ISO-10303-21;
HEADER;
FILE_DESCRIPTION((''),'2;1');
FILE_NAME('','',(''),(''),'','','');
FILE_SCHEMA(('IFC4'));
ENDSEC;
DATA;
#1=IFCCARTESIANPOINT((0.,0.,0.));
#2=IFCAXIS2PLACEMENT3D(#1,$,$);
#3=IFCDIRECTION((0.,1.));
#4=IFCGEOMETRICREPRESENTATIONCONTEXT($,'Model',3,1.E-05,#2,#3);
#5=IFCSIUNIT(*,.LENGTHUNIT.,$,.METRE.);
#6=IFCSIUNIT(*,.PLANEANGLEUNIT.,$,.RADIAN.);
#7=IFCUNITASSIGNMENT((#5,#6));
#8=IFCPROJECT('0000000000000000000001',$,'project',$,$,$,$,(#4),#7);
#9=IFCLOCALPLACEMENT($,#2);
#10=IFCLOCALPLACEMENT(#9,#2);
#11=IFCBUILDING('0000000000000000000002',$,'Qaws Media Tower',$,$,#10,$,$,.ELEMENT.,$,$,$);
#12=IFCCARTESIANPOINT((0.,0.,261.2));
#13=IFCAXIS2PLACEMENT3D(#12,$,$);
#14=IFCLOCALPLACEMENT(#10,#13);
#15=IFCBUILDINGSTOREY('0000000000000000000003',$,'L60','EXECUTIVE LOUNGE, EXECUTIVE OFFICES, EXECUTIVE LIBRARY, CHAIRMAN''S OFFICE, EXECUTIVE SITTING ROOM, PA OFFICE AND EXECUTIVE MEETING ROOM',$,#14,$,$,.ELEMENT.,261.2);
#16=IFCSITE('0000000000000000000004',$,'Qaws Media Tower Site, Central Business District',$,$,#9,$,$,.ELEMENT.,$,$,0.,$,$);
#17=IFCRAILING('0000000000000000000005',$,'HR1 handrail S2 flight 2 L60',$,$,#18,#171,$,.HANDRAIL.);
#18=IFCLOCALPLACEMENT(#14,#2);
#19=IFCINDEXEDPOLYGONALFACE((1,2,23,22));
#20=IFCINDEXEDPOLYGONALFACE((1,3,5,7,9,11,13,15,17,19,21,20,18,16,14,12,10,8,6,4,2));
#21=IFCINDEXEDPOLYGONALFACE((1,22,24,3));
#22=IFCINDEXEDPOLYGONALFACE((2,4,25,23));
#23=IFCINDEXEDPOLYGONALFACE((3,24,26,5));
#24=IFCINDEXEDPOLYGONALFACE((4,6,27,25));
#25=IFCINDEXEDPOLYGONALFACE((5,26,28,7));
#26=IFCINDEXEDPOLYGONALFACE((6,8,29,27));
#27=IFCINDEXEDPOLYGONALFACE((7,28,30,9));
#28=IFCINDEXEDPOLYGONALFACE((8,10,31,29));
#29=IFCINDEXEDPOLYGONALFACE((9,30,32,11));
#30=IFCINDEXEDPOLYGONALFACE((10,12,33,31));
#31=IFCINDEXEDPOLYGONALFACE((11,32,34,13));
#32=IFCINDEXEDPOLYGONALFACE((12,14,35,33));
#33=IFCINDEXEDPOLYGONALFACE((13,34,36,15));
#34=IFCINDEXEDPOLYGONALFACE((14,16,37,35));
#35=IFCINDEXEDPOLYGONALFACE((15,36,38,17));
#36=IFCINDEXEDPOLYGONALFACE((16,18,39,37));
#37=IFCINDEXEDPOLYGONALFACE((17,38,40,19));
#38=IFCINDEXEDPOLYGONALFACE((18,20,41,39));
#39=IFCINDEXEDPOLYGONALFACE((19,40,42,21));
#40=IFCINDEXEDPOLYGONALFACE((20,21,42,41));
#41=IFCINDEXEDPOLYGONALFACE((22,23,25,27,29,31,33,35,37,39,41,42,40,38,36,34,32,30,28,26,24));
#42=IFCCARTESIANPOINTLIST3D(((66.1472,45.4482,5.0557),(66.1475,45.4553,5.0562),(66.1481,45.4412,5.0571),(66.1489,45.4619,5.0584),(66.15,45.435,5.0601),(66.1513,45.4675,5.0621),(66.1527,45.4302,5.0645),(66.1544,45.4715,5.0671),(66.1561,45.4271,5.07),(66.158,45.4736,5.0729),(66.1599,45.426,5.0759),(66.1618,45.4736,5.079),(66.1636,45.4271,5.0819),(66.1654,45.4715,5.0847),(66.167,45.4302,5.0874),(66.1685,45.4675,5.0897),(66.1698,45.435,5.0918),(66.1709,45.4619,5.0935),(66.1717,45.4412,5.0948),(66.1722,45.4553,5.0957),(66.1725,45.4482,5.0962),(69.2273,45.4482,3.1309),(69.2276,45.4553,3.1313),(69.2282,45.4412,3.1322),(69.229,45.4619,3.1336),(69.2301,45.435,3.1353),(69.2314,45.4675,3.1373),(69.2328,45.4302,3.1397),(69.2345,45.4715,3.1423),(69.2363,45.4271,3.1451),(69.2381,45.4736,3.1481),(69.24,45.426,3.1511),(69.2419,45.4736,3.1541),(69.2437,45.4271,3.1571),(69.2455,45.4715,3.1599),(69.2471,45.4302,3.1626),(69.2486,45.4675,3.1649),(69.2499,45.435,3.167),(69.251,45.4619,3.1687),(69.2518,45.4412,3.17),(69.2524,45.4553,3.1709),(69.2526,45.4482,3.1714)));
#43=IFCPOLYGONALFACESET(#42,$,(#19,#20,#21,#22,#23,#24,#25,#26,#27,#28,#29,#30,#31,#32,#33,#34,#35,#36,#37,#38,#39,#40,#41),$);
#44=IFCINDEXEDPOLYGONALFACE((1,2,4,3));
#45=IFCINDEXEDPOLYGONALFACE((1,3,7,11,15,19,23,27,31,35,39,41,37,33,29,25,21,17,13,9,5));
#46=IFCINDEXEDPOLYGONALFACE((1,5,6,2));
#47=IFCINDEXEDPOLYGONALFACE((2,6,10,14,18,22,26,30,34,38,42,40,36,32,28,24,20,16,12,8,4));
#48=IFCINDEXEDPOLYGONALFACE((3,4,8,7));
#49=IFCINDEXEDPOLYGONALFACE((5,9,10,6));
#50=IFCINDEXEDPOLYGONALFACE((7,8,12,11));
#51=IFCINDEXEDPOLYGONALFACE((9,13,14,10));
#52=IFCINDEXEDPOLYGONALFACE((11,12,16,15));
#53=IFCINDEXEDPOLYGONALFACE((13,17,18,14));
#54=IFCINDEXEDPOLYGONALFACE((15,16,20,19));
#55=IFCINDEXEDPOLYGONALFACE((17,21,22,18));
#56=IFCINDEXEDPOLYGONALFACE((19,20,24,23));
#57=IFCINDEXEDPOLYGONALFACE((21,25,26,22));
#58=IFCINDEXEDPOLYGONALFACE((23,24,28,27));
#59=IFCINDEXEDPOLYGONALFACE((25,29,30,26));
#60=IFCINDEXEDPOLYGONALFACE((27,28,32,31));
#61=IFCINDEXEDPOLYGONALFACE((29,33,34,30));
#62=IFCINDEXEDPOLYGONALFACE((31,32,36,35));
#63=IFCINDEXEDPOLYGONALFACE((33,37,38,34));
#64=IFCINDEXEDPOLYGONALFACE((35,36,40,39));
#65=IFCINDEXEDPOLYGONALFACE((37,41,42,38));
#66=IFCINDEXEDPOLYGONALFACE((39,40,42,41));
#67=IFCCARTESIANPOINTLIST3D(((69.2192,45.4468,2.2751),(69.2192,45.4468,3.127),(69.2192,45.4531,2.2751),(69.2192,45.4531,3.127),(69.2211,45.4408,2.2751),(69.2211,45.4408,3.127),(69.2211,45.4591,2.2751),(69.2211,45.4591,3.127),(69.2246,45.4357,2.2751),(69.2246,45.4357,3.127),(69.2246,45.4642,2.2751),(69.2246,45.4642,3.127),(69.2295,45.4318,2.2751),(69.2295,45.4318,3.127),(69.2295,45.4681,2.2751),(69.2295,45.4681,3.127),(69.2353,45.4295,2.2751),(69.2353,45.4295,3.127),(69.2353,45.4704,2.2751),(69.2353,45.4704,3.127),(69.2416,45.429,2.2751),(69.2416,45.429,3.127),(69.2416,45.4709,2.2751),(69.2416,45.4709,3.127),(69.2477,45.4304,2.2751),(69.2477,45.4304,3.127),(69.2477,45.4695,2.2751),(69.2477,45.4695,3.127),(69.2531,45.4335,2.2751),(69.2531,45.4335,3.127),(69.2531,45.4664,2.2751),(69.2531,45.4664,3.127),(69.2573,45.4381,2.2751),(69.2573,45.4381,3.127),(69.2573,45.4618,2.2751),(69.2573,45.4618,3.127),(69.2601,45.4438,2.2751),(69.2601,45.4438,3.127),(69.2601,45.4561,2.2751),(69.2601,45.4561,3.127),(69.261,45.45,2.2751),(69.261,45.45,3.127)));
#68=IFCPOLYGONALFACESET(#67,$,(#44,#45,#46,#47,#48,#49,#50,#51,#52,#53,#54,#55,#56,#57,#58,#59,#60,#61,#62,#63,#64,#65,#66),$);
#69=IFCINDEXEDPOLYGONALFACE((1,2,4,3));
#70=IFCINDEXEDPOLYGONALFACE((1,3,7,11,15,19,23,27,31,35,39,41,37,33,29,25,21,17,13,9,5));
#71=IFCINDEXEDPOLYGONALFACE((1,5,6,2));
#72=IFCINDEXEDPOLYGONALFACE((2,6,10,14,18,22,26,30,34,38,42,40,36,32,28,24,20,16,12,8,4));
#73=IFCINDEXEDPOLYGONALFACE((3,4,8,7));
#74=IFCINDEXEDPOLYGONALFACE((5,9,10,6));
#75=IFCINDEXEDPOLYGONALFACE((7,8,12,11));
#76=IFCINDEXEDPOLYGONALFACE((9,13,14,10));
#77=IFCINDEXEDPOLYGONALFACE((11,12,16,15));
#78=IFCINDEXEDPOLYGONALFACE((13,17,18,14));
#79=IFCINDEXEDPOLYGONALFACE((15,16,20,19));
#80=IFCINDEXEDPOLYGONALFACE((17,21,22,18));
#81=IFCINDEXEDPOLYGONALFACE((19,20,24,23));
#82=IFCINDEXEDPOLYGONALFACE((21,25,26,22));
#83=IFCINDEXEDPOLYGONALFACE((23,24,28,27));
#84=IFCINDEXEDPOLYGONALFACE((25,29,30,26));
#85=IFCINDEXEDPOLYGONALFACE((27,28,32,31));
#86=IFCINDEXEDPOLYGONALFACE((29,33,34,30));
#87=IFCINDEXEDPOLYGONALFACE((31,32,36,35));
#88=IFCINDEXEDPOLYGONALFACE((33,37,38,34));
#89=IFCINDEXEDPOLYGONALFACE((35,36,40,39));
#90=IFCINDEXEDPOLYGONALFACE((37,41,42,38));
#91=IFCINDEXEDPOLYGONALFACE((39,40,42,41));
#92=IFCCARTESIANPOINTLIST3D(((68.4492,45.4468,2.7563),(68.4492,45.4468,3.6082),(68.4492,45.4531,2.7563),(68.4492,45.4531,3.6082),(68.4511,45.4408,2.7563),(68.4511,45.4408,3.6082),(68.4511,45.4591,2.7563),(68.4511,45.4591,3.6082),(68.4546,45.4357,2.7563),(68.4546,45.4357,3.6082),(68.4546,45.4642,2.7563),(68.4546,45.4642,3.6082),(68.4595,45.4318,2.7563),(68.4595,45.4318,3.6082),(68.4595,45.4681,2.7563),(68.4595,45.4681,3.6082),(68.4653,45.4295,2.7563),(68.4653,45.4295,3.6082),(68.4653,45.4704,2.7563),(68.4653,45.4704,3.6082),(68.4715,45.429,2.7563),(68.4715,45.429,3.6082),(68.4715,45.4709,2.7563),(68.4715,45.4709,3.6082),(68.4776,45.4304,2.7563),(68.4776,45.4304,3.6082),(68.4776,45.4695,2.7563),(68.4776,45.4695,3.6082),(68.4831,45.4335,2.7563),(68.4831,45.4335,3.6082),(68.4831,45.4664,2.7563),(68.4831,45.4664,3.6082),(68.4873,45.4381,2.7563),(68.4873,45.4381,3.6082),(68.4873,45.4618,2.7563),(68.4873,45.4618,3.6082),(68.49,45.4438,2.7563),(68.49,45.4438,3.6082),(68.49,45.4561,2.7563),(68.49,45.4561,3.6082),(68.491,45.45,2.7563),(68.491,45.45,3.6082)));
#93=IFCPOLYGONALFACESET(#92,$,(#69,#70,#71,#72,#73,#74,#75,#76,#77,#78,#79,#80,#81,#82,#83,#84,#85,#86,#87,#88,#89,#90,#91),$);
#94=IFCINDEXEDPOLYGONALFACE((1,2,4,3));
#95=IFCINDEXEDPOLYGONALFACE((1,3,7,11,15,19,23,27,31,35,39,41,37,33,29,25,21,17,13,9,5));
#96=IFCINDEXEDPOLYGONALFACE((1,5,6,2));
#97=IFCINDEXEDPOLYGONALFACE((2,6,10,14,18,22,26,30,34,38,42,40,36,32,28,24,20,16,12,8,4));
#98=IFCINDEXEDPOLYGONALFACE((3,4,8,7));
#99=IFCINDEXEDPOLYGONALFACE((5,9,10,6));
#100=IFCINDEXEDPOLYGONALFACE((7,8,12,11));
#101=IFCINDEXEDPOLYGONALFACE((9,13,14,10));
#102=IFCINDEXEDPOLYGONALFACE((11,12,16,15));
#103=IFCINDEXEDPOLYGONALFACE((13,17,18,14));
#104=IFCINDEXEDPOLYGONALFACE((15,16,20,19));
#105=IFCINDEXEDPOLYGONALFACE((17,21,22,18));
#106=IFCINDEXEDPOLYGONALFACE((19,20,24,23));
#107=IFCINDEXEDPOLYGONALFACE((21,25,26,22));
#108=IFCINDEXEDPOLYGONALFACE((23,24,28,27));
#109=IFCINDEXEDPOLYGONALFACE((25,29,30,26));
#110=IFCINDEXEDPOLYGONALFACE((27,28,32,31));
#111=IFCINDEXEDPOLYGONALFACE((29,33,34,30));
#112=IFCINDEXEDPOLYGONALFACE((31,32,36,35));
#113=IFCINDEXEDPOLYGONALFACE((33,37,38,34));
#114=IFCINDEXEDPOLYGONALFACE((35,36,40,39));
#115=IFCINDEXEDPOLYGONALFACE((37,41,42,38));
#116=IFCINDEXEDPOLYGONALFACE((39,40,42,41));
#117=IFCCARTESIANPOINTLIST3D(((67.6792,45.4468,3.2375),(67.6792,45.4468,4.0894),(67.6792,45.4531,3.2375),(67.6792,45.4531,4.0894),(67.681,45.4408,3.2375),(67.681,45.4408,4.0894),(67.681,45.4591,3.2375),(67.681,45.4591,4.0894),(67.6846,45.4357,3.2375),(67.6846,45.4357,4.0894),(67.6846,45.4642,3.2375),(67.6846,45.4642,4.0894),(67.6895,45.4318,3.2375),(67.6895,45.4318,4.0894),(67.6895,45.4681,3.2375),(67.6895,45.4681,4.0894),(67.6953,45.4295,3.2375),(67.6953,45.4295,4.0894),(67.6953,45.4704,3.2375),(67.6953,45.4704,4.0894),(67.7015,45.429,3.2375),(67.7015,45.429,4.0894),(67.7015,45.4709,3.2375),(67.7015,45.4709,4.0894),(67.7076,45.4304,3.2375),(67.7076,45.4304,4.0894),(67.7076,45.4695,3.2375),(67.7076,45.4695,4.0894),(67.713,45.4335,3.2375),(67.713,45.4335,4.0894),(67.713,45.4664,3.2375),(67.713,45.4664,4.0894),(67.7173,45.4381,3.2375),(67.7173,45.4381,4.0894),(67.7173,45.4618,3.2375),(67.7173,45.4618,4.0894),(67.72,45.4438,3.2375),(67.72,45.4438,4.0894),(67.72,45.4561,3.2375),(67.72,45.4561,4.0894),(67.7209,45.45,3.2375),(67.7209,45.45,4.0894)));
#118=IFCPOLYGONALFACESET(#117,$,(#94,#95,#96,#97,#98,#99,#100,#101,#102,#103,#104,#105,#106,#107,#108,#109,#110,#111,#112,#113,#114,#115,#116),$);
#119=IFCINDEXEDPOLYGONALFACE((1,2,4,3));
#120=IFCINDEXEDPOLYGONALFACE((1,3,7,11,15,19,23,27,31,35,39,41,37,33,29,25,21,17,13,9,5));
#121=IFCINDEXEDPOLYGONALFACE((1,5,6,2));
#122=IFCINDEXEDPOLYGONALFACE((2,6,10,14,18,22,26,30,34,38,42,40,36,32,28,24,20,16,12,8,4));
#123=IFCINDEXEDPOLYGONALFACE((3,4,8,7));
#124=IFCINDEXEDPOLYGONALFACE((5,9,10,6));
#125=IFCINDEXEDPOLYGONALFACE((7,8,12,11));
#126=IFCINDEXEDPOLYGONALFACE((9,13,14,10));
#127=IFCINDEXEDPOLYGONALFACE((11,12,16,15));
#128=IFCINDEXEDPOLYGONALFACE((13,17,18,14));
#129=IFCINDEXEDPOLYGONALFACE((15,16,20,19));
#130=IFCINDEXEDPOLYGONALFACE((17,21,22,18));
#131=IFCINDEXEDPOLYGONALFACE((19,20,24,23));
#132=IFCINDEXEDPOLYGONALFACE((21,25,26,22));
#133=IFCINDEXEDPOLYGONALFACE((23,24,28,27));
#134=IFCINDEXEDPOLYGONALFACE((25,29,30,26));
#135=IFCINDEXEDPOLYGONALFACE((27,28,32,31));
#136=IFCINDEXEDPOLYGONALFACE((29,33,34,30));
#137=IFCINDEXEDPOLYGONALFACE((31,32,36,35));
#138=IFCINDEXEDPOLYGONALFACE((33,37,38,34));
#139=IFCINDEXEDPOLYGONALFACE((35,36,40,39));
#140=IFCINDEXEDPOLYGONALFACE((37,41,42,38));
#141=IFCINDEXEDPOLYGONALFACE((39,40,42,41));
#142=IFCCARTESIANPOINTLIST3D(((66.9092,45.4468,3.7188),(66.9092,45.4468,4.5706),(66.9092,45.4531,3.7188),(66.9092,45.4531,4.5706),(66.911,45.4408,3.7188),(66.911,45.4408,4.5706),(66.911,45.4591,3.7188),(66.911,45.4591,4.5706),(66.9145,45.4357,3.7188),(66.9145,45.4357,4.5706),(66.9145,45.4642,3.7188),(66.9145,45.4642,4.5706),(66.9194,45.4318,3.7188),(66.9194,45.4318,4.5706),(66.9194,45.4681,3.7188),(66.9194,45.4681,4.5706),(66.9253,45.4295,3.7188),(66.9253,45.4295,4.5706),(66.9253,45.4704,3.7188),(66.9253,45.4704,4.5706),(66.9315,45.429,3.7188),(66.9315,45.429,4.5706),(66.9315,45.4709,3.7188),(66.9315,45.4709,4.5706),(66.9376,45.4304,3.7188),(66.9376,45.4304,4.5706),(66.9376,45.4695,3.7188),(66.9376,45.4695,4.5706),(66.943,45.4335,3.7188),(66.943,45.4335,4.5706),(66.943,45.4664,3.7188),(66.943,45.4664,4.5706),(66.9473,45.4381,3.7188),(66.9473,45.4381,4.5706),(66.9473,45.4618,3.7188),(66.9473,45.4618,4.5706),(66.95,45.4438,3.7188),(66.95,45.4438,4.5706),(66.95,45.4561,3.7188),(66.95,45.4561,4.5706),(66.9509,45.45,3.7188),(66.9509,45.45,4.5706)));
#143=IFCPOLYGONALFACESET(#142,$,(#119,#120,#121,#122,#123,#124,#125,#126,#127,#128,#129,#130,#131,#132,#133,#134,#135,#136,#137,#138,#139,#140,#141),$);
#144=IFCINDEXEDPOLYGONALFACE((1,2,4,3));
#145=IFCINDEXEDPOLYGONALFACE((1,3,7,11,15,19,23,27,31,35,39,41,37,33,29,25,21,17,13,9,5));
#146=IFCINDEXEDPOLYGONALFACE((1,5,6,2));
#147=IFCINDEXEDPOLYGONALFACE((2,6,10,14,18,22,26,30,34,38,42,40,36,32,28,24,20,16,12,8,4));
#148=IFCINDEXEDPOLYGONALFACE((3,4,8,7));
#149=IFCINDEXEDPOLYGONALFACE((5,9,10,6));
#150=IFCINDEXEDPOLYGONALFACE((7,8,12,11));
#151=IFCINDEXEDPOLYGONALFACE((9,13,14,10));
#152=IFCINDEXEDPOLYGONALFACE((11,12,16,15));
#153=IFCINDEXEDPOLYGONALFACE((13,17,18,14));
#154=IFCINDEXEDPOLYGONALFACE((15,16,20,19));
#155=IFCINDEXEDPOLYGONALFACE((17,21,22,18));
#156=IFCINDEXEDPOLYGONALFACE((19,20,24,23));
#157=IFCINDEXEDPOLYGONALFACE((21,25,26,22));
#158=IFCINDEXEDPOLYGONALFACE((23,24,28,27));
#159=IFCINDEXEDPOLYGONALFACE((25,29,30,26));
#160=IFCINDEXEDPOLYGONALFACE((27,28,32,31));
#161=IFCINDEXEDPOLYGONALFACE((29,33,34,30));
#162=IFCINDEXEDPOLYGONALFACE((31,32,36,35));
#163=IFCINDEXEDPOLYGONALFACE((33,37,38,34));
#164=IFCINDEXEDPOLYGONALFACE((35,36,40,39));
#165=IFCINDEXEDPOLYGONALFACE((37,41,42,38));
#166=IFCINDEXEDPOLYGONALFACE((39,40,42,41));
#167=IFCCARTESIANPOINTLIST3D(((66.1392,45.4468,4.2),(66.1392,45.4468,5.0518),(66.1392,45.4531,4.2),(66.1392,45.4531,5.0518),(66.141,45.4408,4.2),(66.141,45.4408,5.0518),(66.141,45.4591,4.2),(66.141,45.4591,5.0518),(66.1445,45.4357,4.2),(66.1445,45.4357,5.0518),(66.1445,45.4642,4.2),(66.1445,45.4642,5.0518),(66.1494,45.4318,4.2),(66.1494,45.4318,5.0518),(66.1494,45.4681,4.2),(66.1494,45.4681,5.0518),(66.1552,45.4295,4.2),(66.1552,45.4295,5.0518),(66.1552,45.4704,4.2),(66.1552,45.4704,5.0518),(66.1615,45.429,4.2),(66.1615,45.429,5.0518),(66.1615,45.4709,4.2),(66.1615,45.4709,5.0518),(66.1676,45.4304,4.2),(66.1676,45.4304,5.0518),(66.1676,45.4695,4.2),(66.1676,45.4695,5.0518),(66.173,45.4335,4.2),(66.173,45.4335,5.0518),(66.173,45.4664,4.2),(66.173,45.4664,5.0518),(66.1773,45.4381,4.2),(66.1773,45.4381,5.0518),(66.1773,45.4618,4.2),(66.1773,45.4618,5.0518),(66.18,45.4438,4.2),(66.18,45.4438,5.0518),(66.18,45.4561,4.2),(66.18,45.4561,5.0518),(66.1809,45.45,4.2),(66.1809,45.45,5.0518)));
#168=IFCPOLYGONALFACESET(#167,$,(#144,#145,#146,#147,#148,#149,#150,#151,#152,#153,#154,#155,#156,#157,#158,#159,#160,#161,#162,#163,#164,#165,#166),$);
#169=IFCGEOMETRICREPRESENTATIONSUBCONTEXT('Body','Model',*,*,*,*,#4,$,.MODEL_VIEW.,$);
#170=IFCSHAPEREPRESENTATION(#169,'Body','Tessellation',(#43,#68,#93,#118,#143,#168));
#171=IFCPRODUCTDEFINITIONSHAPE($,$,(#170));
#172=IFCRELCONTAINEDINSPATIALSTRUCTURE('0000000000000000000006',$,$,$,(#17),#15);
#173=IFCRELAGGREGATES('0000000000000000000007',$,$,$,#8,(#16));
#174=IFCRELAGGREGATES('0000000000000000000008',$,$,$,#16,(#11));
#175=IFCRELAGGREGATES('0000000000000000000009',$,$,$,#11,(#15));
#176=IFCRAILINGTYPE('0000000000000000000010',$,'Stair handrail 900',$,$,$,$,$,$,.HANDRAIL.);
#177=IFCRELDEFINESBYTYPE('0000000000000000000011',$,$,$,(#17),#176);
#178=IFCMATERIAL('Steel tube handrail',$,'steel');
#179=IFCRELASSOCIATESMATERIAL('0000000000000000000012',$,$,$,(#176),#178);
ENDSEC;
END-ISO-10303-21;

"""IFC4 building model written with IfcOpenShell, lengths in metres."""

from ifc_helpers import new_model, si_unit, direction, frame, origin, origin_2d, place, context, subcontext, project, spatial, circle, extrude, material, type_object, element, save


model = new_model("IFC4")

# Units and contexts
model_context = context("Model", 3, precision=1e-05, world=origin(), true_north=direction((0.0, 1.0)))
body_context = subcontext(model_context, "Body", "Model", "MODEL_VIEW")
ifc_project = project(units=[si_unit("LENGTHUNIT", "METRE"), si_unit("PLANEANGLEUNIT", "RADIAN")], contexts=[model_context])

# Site, building, storey
site_placement = place(None, origin())
site = spatial("IfcSite", under=ifc_project, at=site_placement, Name="Qaws Media Tower Site, Central Business District", CompositionType="ELEMENT", RefElevation=0.0)
building_placement = place(site_placement, origin())
building = spatial("IfcBuilding", under=site, at=building_placement, Name="Qaws Media Tower", CompositionType="ELEMENT")
storey_placement = place(building_placement, frame((0.0, 0.0, 261.2)))
storey = spatial("IfcBuildingStorey", under=building, at=storey_placement, Name="L60", Description="EXECUTIVE LOUNGE, EXECUTIVE OFFICES, EXECUTIVE LIBRARY, CHAIRMAN'S OFFICE, EXECUTIVE SITTING ROOM, PA OFFICE AND EXECUTIVE MEETING ROOM", CompositionType="ELEMENT", Elevation=261.2)

# Railing
ifc_material_1 = material(Name="Steel tube handrail", Category="steel")
railing_type = type_object("IfcRailingType", Name="Stair handrail 900", PredefinedType="HANDRAIL", material=ifc_material_1)
for number, where, name in (
    (1, (69.24, 45.45, 2.2751), "HR1 handrail S2 flight 2 L60"),
):
    element("IfcRailing", number, at=place(storey_placement, frame(where)), inside=storey, type_object=railing_type, Name=name, PredefinedType="HANDRAIL", context=body_context, shape_type="SweptSolid", body=[
        extrude(circle(Radius=0.0239, at=origin_2d()), frame((0.0, 0.0, 0.876), z_axis=(-0.848029, 0.0, 0.529951), x_axis=(0.0, -1.0, 0.0)), (0.0, 0.0, 1.0), 3.6321),
        extrude(circle(Radius=0.021, at=origin_2d()), origin(), (0.0, 0.0, 1.0), 0.8518),
        extrude(circle(Radius=0.021, at=origin_2d()), frame((-0.77, 0.0, 0.4812)), (0.0, 0.0, 1.0), 0.8518),
        extrude(circle(Radius=0.021, at=origin_2d()), frame((-1.54, 0.0, 0.9624)), (0.0, 0.0, 1.0), 0.8518),
        extrude(circle(Radius=0.021, at=origin_2d()), frame((-2.3101, 0.0, 1.4436)), (0.0, 0.0, 1.0), 0.8518),
        extrude(circle(Radius=0.021, at=origin_2d()), frame((-3.0801, 0.0, 1.9248)), (0.0, 0.0, 1.0), 0.8518),
    ])

save(model, "model.ifc")
